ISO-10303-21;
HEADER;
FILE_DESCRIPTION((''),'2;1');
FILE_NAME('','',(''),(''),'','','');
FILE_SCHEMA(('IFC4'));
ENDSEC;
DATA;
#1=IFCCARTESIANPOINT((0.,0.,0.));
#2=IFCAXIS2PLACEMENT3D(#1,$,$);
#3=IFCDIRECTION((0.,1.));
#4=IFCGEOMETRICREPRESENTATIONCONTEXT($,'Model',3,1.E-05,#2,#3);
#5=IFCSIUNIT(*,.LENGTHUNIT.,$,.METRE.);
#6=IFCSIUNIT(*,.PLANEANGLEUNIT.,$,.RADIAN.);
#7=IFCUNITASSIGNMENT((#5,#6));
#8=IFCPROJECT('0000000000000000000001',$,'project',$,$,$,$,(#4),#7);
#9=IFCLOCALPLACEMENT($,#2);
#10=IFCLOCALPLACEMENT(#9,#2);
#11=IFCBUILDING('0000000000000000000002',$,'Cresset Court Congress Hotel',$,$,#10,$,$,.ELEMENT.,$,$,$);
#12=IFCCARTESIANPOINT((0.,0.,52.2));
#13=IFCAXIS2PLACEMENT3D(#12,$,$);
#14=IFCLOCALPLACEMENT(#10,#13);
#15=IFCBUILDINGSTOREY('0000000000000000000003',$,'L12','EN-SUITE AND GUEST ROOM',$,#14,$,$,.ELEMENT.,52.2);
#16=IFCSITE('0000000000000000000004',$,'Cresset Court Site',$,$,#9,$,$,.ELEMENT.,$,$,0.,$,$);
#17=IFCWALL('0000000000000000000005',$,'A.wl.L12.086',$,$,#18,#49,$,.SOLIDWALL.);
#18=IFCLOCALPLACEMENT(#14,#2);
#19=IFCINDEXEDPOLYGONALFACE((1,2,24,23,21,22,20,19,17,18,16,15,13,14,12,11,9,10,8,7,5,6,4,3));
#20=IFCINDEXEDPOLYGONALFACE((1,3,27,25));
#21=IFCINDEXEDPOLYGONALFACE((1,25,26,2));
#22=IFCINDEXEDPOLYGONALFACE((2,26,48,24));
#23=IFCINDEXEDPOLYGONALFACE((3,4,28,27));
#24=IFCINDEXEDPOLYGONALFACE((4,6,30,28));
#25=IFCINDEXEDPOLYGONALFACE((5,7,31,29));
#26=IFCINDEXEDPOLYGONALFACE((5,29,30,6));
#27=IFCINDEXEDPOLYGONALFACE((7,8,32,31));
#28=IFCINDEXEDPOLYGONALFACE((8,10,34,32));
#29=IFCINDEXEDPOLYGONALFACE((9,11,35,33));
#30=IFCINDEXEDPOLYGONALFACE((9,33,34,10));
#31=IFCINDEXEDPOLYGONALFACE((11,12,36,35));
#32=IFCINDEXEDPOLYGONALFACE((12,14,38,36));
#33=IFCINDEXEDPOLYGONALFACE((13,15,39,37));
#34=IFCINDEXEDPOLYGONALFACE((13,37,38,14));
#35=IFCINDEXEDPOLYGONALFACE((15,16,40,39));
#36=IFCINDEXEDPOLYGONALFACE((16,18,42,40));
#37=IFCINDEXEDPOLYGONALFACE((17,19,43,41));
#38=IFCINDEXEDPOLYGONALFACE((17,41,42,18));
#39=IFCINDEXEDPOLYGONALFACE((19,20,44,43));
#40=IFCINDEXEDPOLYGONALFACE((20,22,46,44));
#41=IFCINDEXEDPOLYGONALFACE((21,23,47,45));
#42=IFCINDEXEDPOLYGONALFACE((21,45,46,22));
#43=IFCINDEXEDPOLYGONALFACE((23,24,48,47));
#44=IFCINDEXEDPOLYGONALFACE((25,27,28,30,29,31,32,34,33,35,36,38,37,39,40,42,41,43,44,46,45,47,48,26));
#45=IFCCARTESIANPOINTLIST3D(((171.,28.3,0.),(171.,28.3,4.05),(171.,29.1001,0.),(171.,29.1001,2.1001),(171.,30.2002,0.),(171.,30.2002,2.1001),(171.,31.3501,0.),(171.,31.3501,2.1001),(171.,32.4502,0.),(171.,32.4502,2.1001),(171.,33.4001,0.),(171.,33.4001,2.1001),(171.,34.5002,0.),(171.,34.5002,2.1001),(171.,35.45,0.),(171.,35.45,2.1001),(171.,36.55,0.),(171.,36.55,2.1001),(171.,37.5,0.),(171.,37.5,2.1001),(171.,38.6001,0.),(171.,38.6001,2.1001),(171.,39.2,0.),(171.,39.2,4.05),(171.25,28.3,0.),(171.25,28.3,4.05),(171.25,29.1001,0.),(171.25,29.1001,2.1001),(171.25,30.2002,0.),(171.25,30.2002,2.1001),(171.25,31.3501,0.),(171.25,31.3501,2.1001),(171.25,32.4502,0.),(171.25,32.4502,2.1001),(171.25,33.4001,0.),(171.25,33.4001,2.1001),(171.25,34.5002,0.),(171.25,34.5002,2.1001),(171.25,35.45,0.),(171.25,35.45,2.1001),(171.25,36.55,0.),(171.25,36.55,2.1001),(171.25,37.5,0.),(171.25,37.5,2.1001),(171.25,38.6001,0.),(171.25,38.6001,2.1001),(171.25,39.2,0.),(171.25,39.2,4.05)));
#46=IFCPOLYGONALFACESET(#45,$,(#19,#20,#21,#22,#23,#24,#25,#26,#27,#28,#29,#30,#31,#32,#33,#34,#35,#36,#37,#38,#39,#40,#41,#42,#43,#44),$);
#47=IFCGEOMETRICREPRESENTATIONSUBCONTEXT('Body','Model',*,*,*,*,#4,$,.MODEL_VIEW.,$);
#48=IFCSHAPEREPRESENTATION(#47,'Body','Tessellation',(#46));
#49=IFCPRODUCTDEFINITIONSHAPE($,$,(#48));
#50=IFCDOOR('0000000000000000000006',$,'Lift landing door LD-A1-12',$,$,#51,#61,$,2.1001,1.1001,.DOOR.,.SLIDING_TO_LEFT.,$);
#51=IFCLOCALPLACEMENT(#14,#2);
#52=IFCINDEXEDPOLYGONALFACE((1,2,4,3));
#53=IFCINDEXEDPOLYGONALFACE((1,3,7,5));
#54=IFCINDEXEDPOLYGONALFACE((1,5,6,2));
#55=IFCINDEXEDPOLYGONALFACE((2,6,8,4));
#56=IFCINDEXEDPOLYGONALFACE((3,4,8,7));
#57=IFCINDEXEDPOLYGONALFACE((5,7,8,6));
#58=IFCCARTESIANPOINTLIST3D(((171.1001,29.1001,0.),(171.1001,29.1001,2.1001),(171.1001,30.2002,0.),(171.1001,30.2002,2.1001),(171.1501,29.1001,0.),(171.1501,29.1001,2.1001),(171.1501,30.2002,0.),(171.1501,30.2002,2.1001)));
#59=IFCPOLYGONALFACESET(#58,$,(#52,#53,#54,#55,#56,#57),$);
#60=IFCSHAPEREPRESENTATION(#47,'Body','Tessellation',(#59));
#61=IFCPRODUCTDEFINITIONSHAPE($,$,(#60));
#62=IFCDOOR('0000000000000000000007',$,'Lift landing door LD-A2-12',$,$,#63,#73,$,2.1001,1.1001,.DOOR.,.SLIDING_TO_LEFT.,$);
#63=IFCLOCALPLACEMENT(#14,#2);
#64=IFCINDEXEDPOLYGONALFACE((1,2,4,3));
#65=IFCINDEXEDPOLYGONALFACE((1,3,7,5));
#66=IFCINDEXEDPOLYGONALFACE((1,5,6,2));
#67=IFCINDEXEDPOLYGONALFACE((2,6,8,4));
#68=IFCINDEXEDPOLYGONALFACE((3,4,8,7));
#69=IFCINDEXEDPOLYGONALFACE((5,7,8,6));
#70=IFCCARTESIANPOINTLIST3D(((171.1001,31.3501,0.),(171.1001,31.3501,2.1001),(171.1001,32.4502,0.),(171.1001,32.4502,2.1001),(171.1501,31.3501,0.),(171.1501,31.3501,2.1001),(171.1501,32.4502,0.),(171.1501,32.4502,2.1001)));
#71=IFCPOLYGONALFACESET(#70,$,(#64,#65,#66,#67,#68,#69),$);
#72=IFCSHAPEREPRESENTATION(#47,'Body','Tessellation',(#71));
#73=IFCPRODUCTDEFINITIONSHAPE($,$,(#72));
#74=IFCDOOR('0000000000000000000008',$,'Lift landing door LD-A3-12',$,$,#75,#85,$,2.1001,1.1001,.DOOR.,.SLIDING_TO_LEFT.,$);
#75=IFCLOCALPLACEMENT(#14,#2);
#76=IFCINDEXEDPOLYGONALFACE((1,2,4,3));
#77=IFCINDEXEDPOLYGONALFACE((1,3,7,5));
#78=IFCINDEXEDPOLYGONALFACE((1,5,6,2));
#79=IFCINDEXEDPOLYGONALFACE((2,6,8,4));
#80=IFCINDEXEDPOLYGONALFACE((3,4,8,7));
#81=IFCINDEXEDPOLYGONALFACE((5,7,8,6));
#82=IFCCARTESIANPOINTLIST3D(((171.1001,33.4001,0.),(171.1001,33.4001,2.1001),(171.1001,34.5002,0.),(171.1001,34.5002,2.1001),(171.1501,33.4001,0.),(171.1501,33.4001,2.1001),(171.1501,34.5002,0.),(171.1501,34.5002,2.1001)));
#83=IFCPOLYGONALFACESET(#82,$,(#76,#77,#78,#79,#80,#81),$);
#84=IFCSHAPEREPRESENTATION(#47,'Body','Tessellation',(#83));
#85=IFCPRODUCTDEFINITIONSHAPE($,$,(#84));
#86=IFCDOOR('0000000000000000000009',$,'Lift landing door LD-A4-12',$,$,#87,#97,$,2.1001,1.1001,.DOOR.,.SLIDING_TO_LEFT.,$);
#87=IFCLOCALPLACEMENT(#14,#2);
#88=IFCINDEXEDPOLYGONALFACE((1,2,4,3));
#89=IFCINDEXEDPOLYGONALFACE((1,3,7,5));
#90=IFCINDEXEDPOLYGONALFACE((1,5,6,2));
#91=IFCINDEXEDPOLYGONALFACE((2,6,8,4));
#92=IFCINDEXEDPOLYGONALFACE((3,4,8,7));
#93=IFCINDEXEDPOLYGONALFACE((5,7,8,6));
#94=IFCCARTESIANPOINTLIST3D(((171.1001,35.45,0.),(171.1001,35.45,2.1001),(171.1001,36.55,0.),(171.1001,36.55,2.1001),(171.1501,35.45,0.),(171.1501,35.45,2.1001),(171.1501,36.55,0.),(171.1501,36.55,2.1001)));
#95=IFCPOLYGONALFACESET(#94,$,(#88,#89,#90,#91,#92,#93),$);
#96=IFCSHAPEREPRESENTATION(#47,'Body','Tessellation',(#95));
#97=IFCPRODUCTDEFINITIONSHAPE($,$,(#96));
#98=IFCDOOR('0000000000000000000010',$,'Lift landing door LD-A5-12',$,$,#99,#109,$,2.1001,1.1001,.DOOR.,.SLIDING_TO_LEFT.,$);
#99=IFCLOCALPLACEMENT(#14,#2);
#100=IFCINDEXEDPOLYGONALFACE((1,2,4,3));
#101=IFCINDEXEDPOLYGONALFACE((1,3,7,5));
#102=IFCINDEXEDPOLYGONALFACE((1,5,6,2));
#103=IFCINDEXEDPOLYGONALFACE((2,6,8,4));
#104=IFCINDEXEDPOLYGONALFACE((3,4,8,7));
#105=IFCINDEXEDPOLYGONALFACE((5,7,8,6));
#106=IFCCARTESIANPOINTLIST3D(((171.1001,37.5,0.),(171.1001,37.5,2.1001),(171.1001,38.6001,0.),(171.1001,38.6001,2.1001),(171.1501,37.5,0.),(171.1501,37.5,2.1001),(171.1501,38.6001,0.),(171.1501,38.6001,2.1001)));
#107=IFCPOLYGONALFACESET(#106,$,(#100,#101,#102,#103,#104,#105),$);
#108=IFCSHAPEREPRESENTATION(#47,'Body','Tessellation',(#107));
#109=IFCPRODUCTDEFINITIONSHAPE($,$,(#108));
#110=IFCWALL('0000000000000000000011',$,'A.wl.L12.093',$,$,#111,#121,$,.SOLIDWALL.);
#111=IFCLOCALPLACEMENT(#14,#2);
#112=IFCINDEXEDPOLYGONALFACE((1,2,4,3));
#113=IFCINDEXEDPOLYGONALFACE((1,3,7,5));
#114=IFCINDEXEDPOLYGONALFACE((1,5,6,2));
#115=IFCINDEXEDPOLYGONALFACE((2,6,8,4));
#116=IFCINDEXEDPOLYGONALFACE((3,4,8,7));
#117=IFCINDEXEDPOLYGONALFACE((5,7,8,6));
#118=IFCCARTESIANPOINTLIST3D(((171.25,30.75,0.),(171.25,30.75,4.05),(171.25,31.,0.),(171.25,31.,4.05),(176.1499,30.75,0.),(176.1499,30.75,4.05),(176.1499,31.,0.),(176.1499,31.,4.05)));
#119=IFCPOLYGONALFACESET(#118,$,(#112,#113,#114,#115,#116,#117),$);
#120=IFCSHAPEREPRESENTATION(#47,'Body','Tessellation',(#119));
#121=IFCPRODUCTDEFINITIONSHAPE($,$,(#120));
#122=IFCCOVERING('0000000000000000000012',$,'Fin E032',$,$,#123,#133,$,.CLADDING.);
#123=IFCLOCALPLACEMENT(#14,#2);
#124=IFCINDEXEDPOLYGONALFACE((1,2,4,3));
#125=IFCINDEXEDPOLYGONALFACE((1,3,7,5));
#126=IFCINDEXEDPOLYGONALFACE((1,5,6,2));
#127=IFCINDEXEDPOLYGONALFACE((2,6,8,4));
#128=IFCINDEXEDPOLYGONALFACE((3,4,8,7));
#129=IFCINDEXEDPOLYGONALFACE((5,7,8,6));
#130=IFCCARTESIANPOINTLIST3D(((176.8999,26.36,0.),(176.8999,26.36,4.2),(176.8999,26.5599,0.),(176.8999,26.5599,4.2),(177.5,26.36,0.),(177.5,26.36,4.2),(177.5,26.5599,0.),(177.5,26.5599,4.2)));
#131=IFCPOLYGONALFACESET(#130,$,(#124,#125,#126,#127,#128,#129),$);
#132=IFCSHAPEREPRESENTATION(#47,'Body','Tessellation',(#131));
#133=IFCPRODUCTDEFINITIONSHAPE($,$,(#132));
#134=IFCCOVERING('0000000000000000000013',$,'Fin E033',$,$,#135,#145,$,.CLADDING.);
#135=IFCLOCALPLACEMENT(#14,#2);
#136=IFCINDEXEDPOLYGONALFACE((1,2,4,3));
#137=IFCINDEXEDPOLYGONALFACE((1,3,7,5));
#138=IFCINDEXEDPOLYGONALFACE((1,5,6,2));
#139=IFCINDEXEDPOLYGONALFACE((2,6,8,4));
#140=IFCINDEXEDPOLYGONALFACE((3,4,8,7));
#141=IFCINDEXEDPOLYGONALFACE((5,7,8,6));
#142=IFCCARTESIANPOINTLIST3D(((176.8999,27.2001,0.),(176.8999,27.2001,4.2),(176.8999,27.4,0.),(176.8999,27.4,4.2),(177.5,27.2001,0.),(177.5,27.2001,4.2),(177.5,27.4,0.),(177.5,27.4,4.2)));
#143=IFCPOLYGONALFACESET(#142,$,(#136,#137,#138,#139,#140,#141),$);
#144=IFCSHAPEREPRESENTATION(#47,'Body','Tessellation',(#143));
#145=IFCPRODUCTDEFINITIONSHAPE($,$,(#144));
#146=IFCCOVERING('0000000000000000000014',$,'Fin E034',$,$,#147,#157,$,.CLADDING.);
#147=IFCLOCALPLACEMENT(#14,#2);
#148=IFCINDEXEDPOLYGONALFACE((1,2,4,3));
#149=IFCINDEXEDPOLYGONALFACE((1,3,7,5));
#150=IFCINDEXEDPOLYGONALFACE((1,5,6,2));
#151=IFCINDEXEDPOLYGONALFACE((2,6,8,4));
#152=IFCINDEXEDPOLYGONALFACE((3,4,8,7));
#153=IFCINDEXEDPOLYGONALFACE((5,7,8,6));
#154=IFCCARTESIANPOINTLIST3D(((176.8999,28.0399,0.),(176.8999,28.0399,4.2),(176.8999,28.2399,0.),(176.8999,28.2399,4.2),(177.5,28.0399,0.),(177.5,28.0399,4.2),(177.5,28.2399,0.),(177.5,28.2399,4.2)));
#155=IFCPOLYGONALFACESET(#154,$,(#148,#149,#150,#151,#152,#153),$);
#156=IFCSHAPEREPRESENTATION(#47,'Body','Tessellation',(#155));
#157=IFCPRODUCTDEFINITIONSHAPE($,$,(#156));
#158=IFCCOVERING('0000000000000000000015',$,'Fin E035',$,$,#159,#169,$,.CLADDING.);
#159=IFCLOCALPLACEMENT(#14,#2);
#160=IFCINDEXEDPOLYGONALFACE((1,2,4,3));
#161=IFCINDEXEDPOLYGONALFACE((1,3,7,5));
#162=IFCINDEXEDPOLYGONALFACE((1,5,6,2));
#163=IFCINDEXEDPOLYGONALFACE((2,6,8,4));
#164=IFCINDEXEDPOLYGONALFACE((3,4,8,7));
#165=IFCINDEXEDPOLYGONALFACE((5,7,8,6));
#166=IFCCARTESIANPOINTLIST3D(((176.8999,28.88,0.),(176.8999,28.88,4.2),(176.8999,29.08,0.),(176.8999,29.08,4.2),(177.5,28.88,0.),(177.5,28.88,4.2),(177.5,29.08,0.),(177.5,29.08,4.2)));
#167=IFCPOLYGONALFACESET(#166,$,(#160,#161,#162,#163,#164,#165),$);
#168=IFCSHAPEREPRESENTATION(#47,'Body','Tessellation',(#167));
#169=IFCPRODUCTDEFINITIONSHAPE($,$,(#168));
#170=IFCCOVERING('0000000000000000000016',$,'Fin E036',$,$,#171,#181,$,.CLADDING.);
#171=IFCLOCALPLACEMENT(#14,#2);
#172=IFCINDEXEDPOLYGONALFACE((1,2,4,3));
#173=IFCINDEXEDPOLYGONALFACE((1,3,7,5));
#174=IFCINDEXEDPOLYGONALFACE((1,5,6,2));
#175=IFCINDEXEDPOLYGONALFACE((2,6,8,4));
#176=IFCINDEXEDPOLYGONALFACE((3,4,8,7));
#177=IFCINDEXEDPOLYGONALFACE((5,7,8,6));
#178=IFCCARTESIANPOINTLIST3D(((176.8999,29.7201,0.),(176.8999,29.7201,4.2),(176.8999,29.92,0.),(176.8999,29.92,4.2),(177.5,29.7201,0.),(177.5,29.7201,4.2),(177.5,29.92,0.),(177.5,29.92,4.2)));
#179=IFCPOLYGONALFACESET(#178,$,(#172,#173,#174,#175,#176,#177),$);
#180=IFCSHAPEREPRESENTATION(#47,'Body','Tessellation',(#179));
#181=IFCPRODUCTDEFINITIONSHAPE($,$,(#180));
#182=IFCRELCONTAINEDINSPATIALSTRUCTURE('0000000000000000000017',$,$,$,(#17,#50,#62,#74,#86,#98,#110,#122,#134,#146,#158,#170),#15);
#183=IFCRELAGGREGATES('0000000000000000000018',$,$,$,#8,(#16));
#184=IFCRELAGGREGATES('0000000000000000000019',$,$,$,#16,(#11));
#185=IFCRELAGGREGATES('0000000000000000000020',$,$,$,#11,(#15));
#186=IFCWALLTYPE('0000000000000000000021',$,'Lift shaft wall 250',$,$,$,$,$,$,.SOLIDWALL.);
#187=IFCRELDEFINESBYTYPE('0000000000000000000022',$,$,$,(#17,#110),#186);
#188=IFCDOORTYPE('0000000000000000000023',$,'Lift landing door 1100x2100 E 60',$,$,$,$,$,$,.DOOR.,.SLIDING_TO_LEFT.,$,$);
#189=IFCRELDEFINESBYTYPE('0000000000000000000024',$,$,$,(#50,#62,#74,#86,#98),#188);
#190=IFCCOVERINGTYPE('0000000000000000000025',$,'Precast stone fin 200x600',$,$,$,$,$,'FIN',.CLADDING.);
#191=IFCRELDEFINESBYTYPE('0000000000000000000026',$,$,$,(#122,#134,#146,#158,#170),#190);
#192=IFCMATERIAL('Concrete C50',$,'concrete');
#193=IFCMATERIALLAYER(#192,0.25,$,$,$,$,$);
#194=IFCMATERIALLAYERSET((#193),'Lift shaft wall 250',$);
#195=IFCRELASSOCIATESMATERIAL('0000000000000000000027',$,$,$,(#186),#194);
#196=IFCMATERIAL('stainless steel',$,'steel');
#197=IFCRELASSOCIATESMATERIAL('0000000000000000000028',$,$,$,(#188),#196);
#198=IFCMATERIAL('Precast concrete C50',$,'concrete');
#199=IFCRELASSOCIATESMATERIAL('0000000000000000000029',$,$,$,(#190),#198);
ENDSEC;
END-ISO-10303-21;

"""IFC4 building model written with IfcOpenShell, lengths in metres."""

from ifc_helpers import new_model, si_unit, direction, frame, frame_2d, origin, origin_2d, place, context, subcontext, project, spatial, rectangle, extrude, material, layer, layer_set, type_object, element, fill, save


model = new_model("IFC4")

# Units and contexts
model_context = context("Model", 3, precision=1e-05, world=origin(), true_north=direction((0.0, 1.0)))
body_context = subcontext(model_context, "Body", "Model", "MODEL_VIEW")
ifc_project = project(units=[si_unit("LENGTHUNIT", "METRE"), si_unit("PLANEANGLEUNIT", "RADIAN")], contexts=[model_context])

# Site, building, storey
site_placement = place(None, origin())
site = spatial("IfcSite", under=ifc_project, at=site_placement, Name="Cresset Court Site", CompositionType="ELEMENT", RefElevation=0.0)
building_placement = place(site_placement, origin())
building = spatial("IfcBuilding", under=site, at=building_placement, Name="Cresset Court Congress Hotel", CompositionType="ELEMENT")
storey_placement = place(building_placement, frame((0.0, 0.0, 52.2)))
storey = spatial("IfcBuildingStorey", under=building, at=storey_placement, Name="L12", Description="EN-SUITE AND GUEST ROOM", CompositionType="ELEMENT", Elevation=52.2)

# Wall, openings, doors
ifc_material_1 = material(Name="Concrete C50", Category="concrete")
ifc_layer_1 = layer(ifc_material_1, 0.25)
ifc_layer_set_1 = layer_set([ifc_layer_1], Name="Lift shaft wall 250")
wall_type_1 = type_object("IfcWallType", Name="Lift shaft wall 250", PredefinedType="SOLIDWALL", material=ifc_layer_set_1)
wall_1_placement = place(storey_placement, frame((171.125, 28.3, 0.0), z_axis=(0.0, 0.0, 1.0), x_axis=(0.0, 1.0, 0.0)))
wall_1 = element("IfcWall", 1, at=wall_1_placement, inside=storey, type_object=wall_type_1, Name="A.wl.L12.086", PredefinedType="SOLIDWALL", context=body_context, shape_type="SweptSolid", body=[
    extrude(rectangle(XDim=10.8999, YDim=0.25, at=frame_2d((5.45, 0.0))), origin(), (0.0, 0.0, 1.0), 4.05),
])
opening_1_placement = place(wall_1_placement, frame((0.8, 0.0, 0.0)))
opening_1 = element("IfcOpeningElement", 2, at=opening_1_placement, cuts=wall_1, PredefinedType="OPENING", context=body_context, shape_type="SweptSolid", body=[
    extrude(rectangle(XDim=1.1001, YDim=2.1001, at=frame_2d((0.55, 1.05))), frame((0.0, 0.135, 0.0), z_axis=(0.0, -1.0, 0.0), x_axis=(1.0, 0.0, 0.0)), (0.0, 0.0, 1.0), 0.27),
])
opening_2_placement = place(wall_1_placement, frame((3.05, 0.0, 0.0)))
opening_2 = element("IfcOpeningElement", 3, at=opening_2_placement, cuts=wall_1, PredefinedType="OPENING", context=body_context, shape_type="SweptSolid", body=[
    extrude(rectangle(XDim=1.1001, YDim=2.1001, at=frame_2d((0.55, 1.05))), frame((0.0, 0.135, 0.0), z_axis=(0.0, -1.0, 0.0), x_axis=(1.0, 0.0, 0.0)), (0.0, 0.0, 1.0), 0.27),
])
opening_3_placement = place(wall_1_placement, frame((5.1001, 0.0, 0.0)))
opening_3 = element("IfcOpeningElement", 4, at=opening_3_placement, cuts=wall_1, PredefinedType="OPENING", context=body_context, shape_type="SweptSolid", body=[
    extrude(rectangle(XDim=1.1001, YDim=2.1001, at=frame_2d((0.55, 1.05))), frame((0.0, 0.135, 0.0), z_axis=(0.0, -1.0, 0.0), x_axis=(1.0, 0.0, 0.0)), (0.0, 0.0, 1.0), 0.27),
])
opening_4_placement = place(wall_1_placement, frame((7.1499, 0.0, 0.0)))
opening_4 = element("IfcOpeningElement", 5, at=opening_4_placement, cuts=wall_1, PredefinedType="OPENING", context=body_context, shape_type="SweptSolid", body=[
    extrude(rectangle(XDim=1.1001, YDim=2.1001, at=frame_2d((0.55, 1.05))), frame((0.0, 0.135, 0.0), z_axis=(0.0, -1.0, 0.0), x_axis=(1.0, 0.0, 0.0)), (0.0, 0.0, 1.0), 0.27),
])
opening_5_placement = place(wall_1_placement, frame((9.2, 0.0, 0.0)))
opening_5 = element("IfcOpeningElement", 6, at=opening_5_placement, cuts=wall_1, PredefinedType="OPENING", context=body_context, shape_type="SweptSolid", body=[
    extrude(rectangle(XDim=1.1001, YDim=2.1001, at=frame_2d((0.55, 1.05))), frame((0.0, 0.135, 0.0), z_axis=(0.0, -1.0, 0.0), x_axis=(1.0, 0.0, 0.0)), (0.0, 0.0, 1.0), 0.27),
])
ifc_material_2 = material(Name="stainless steel", Category="steel")
door_type = type_object("IfcDoorType", Name="Lift landing door 1100x2100 E 60", OperationType="SLIDING_TO_LEFT", PredefinedType="DOOR", material=ifc_material_2)
door_1_placement = place(opening_1_placement, origin())
door_1 = element("IfcDoor", 7, at=door_1_placement, inside=storey, type_object=door_type, Name="Lift landing door LD-A1-12", OperationType="SLIDING_TO_LEFT", OverallHeight=2.1001, OverallWidth=1.1001, PredefinedType="DOOR", context=body_context, shape_type="SweptSolid", body=[
    extrude(rectangle(XDim=1.1001, YDim=2.1001, at=frame_2d((0.55, 1.05))), frame((0.0, 0.0249, 0.0), z_axis=(0.0, -1.0, 0.0), x_axis=(1.0, 0.0, 0.0)), (0.0, 0.0, 1.0), 0.05),
])
fill(opening_1, door_1)
door_2_placement = place(opening_2_placement, origin())
door_2 = element("IfcDoor", 8, at=door_2_placement, inside=storey, type_object=door_type, Name="Lift landing door LD-A2-12", OperationType="SLIDING_TO_LEFT", OverallHeight=2.1001, OverallWidth=1.1001, PredefinedType="DOOR", context=body_context, shape_type="SweptSolid", body=[
    extrude(rectangle(XDim=1.1001, YDim=2.1001, at=frame_2d((0.55, 1.05))), frame((0.0, 0.0249, 0.0), z_axis=(0.0, -1.0, 0.0), x_axis=(1.0, 0.0, 0.0)), (0.0, 0.0, 1.0), 0.05),
])
fill(opening_2, door_2)
door_3_placement = place(opening_3_placement, origin())
door_3 = element("IfcDoor", 9, at=door_3_placement, inside=storey, type_object=door_type, Name="Lift landing door LD-A3-12", OperationType="SLIDING_TO_LEFT", OverallHeight=2.1001, OverallWidth=1.1001, PredefinedType="DOOR", context=body_context, shape_type="SweptSolid", body=[
    extrude(rectangle(XDim=1.1001, YDim=2.1001, at=frame_2d((0.55, 1.05))), frame((0.0, 0.0249, 0.0), z_axis=(0.0, -1.0, 0.0), x_axis=(1.0, 0.0, 0.0)), (0.0, 0.0, 1.0), 0.05),
])
fill(opening_3, door_3)
door_4_placement = place(opening_4_placement, origin())
door_4 = element("IfcDoor", 10, at=door_4_placement, inside=storey, type_object=door_type, Name="Lift landing door LD-A4-12", OperationType="SLIDING_TO_LEFT", OverallHeight=2.1001, OverallWidth=1.1001, PredefinedType="DOOR", context=body_context, shape_type="SweptSolid", body=[
    extrude(rectangle(XDim=1.1001, YDim=2.1001, at=frame_2d((0.55, 1.05))), frame((0.0, 0.0249, 0.0), z_axis=(0.0, -1.0, 0.0), x_axis=(1.0, 0.0, 0.0)), (0.0, 0.0, 1.0), 0.05),
])
fill(opening_4, door_4)
door_5_placement = place(opening_5_placement, origin())
door_5 = element("IfcDoor", 11, at=door_5_placement, inside=storey, type_object=door_type, Name="Lift landing door LD-A5-12", OperationType="SLIDING_TO_LEFT", OverallHeight=2.1001, OverallWidth=1.1001, PredefinedType="DOOR", context=body_context, shape_type="SweptSolid", body=[
    extrude(rectangle(XDim=1.1001, YDim=2.1001, at=frame_2d((0.55, 1.05))), frame((0.0, 0.0249, 0.0), z_axis=(0.0, -1.0, 0.0), x_axis=(1.0, 0.0, 0.0)), (0.0, 0.0, 1.0), 0.05),
])
fill(opening_5, door_5)

# Wall
wall_2_placement = place(storey_placement, frame((171.25, 30.875, 0.0), z_axis=(0.0, 0.0, 1.0), x_axis=(1.0, 0.0, 0.0)))
element("IfcWall", 12, at=wall_2_placement, inside=storey, type_object=wall_type_1, Name="A.wl.L12.093", PredefinedType="SOLIDWALL", context=body_context, shape_type="SweptSolid", body=[
    extrude(rectangle(XDim=4.8999, YDim=0.25, at=frame_2d((2.45, 0.0))), origin(), (0.0, 0.0, 1.0), 4.05),
])

# Coverings
ifc_material_3 = material(Name="Precast concrete C50", Category="concrete")
covering_type_1 = type_object("IfcCoveringType", Name="Precast stone fin 200x600", ElementType="FIN", PredefinedType="CLADDING", material=ifc_material_3)
for number, where, z_axis, x_axis, name in (
    (13, (177.2, 26.46, 0.0), (0.0, 0.0, 1.0), (1.0, 0.0, 0.0), "Fin E032"),
    (14, (177.2, 27.3, 0.0), (0.0, 0.0, 1.0), (1.0, 0.0, 0.0), "Fin E033"),
    (15, (177.2, 28.1399, 0.0), (0.0, 0.0, 1.0), (1.0, 0.0, 0.0), "Fin E034"),
    (16, (177.2, 28.98, 0.0), (0.0, 0.0, 1.0), (1.0, 0.0, 0.0), "Fin E035"),
    (17, (177.2, 29.8201, 0.0), (0.0, 0.0, 1.0), (1.0, 0.0, 0.0), "Fin E036"),
):
    element("IfcCovering", number, at=place(storey_placement, frame(where, z_axis=z_axis, x_axis=x_axis)), inside=storey, type_object=covering_type_1, Name=name, PredefinedType="CLADDING", context=body_context, shape_type="SweptSolid", body=[
        extrude(rectangle(XDim=0.6001, YDim=0.2, at=origin_2d()), origin(), (0.0, 0.0, 1.0), 4.2),
    ])

save(model, "model.ifc")
